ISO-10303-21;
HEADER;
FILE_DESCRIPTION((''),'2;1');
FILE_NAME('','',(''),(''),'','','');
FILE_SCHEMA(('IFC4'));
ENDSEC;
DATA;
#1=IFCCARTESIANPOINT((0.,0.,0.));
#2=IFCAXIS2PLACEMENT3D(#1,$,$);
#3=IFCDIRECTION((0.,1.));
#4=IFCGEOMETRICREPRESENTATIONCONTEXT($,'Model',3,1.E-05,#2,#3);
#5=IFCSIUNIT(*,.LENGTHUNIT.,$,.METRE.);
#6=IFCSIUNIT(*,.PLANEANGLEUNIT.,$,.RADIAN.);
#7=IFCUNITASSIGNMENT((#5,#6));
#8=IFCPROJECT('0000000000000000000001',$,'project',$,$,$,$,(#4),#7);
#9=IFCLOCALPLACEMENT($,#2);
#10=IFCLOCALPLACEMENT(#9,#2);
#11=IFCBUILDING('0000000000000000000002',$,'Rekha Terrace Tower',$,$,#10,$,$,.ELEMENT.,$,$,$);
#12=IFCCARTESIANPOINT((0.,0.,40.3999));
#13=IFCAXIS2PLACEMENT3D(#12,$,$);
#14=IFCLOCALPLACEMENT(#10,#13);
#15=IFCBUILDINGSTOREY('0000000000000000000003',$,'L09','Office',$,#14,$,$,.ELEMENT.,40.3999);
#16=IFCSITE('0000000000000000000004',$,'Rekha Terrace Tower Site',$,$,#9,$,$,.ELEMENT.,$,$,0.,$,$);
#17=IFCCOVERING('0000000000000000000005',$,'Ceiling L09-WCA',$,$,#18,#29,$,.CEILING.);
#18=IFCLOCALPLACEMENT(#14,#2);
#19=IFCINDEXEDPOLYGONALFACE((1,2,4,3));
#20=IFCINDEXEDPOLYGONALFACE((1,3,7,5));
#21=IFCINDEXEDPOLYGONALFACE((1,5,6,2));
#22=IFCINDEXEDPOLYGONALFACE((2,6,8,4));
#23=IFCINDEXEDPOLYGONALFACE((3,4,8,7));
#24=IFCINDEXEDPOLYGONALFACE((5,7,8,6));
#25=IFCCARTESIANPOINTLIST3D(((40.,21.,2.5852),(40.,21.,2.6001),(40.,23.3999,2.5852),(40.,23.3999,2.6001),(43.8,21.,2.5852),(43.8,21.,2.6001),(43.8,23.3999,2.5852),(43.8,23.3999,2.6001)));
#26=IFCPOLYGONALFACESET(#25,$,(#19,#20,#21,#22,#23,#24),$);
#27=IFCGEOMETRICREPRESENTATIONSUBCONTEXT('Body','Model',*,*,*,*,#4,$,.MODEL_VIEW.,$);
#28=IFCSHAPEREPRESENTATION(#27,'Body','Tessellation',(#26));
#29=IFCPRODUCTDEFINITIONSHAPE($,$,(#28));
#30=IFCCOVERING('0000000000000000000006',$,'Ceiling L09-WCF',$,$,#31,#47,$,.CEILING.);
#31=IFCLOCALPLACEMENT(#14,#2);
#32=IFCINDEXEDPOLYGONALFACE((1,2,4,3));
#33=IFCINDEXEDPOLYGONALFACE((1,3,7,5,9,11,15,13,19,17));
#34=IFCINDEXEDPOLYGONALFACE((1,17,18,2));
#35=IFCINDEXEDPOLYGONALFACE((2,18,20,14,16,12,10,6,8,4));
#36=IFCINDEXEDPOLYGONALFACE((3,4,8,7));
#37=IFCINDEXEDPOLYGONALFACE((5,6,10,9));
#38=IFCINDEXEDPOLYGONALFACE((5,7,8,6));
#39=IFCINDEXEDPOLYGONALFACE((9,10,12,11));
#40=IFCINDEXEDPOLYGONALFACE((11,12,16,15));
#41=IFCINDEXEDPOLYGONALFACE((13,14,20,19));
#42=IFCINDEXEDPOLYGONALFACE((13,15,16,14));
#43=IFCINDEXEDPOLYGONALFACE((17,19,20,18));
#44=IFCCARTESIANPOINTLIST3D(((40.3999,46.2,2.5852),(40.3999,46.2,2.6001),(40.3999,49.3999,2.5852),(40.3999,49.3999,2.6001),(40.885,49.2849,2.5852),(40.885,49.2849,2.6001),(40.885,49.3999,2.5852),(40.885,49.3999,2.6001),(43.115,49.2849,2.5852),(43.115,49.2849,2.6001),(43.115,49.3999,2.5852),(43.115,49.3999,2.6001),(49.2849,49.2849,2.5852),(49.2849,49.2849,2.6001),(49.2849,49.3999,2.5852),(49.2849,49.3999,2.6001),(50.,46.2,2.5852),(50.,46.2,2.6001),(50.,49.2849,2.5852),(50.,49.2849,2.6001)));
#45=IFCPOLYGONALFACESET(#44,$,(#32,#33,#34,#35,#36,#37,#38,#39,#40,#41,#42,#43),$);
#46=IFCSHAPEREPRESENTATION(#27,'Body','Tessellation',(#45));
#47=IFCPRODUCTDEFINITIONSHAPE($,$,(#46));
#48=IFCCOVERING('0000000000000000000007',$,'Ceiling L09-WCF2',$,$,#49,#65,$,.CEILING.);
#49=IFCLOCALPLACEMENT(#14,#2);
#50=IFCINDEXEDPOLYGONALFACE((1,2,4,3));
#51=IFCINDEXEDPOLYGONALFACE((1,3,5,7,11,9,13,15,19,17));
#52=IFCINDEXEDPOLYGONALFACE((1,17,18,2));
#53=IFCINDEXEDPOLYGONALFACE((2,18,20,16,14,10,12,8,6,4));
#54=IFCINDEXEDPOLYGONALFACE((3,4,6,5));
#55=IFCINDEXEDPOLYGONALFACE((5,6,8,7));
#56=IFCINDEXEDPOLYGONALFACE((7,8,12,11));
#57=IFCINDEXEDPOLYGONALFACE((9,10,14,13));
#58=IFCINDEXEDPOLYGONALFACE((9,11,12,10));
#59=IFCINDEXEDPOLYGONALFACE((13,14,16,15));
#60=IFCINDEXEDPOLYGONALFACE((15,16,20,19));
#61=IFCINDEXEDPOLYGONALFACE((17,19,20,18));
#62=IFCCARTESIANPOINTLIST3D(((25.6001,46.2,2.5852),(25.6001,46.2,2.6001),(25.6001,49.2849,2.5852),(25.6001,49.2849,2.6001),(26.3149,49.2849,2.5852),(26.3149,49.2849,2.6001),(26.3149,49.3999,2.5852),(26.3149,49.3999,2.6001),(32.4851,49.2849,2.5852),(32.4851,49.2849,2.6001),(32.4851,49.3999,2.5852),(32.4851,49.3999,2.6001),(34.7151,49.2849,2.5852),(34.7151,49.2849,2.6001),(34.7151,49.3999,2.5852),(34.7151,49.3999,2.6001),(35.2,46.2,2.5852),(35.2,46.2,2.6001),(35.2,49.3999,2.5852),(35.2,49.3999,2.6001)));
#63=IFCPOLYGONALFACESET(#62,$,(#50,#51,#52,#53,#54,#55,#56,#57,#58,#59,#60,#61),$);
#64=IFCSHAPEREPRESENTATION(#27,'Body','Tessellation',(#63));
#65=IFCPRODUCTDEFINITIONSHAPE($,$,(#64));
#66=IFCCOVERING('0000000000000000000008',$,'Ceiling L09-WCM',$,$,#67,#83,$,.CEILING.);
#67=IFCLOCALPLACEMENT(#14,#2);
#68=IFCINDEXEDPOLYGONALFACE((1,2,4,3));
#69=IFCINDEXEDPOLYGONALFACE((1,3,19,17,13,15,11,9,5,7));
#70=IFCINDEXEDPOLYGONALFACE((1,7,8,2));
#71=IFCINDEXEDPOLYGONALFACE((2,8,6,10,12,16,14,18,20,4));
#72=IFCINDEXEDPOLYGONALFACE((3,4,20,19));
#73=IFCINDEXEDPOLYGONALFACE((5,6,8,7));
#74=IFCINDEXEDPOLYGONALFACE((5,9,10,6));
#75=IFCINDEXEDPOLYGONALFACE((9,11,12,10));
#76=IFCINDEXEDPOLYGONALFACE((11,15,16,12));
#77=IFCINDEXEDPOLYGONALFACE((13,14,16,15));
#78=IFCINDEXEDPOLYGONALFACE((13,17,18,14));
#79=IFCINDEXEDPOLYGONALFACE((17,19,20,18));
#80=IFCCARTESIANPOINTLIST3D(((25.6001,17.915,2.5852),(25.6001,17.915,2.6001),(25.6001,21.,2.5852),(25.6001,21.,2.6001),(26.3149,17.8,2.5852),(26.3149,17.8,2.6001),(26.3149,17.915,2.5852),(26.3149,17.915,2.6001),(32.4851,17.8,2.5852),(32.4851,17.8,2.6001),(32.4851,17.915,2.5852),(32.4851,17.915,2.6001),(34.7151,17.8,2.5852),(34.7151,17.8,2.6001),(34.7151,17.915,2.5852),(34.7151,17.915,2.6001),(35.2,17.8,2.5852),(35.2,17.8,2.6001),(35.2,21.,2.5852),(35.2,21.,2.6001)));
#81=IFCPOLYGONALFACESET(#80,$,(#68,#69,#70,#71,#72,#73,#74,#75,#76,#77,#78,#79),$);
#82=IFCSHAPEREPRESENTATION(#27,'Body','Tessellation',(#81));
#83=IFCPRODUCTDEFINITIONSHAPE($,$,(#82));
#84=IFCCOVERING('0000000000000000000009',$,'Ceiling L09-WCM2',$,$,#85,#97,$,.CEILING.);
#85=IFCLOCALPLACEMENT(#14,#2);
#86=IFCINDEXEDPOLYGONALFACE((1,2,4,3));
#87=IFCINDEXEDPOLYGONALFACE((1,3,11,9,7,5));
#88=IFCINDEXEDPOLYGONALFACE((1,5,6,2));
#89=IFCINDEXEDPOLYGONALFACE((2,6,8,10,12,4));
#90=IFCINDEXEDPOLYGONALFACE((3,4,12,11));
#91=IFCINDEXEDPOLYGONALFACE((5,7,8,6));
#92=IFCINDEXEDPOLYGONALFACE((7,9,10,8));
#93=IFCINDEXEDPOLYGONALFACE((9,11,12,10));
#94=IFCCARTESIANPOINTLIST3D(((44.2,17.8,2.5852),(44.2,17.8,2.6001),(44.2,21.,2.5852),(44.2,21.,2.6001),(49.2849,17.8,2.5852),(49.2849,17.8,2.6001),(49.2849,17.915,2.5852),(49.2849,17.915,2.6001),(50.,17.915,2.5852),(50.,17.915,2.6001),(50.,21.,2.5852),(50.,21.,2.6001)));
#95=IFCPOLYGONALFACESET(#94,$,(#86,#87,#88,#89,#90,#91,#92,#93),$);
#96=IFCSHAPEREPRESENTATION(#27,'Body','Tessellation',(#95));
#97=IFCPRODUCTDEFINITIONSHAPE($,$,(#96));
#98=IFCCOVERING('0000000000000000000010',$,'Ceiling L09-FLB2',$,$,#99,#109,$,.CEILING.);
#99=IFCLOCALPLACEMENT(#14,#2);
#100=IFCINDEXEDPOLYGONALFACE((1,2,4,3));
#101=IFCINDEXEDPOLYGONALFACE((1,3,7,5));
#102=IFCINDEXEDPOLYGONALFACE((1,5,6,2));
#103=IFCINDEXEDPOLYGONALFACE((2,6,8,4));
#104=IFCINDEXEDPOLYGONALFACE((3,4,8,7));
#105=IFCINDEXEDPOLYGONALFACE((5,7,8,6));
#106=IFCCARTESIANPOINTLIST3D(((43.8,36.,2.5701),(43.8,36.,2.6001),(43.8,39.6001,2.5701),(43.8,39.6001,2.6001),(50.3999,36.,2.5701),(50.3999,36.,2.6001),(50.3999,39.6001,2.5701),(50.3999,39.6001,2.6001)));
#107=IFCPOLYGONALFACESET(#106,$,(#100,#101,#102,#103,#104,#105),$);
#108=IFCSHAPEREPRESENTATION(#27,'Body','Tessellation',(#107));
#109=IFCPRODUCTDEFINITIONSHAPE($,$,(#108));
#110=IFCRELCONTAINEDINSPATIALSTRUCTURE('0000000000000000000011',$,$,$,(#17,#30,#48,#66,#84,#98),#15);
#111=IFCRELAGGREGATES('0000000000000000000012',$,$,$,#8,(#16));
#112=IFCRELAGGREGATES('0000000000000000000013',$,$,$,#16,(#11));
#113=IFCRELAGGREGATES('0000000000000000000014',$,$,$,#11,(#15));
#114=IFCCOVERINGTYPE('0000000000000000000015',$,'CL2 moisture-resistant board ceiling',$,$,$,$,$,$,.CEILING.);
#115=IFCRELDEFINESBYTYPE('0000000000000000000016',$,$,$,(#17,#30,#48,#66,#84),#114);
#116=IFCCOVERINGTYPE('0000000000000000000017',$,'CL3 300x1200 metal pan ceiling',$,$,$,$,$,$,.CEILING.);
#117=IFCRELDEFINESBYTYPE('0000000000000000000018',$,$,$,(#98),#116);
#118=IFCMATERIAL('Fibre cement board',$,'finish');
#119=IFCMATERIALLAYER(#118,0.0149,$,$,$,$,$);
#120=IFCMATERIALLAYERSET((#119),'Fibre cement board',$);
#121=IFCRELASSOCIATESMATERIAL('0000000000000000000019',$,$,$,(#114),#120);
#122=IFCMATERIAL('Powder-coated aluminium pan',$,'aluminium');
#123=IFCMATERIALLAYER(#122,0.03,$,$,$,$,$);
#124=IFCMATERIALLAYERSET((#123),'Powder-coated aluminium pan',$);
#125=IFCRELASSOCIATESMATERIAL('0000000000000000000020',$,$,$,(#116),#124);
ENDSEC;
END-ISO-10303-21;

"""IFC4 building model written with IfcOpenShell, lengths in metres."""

from ifc_helpers import new_model, si_unit, direction, frame, origin, place, context, subcontext, project, spatial, polyline, outline, extrude, material, layer, layer_set, type_object, element, save


model = new_model("IFC4")

# Units and contexts
model_context = context("Model", 3, precision=1e-05, world=origin(), true_north=direction((0.0, 1.0)))
body_context = subcontext(model_context, "Body", "Model", "MODEL_VIEW")
ifc_project = project(units=[si_unit("LENGTHUNIT", "METRE"), si_unit("PLANEANGLEUNIT", "RADIAN")], contexts=[model_context])

# Site, building, storey
site_placement = place(None, origin())
site = spatial("IfcSite", under=ifc_project, at=site_placement, Name="Rekha Terrace Tower Site", CompositionType="ELEMENT", RefElevation=0.0)
building_placement = place(site_placement, origin())
building = spatial("IfcBuilding", under=site, at=building_placement, Name="Rekha Terrace Tower", CompositionType="ELEMENT")
storey_placement = place(building_placement, frame((0.0, 0.0, 40.3999)))
storey = spatial("IfcBuildingStorey", under=building, at=storey_placement, Name="L09", Description="Office", CompositionType="ELEMENT", Elevation=40.3999)

# Coverings
ifc_material_1 = material(Name="Fibre cement board", Category="finish")
ifc_layer_1 = layer(ifc_material_1, 0.0149)
ifc_layer_set_1 = layer_set([ifc_layer_1], Name="Fibre cement board")
covering_type_1 = type_object("IfcCoveringType", Name="CL2 moisture-resistant board ceiling", PredefinedType="CEILING", material=ifc_layer_set_1)
covering_1_placement = place(storey_placement, frame((0.0, 0.0, 2.5852)))
element("IfcCovering", 1, at=covering_1_placement, inside=storey, type_object=covering_type_1, Name="Ceiling L09-WCA", PredefinedType="CEILING", context=body_context, shape_type="SweptSolid", body=[
    extrude(outline(polyline([(43.8, 23.3999), (40.0, 23.3999), (40.0, 21.0), (43.8, 21.0), (43.8, 23.3999)])), origin(), (0.0, 0.0, 1.0), 0.0149),
])
covering_2_placement = place(storey_placement, frame((0.0, 0.0, 2.5852)))
element("IfcCovering", 2, at=covering_2_placement, inside=storey, type_object=covering_type_1, Name="Ceiling L09-WCF", PredefinedType="CEILING", context=body_context, shape_type="SweptSolid", body=[
    extrude(outline(polyline([(40.885, 49.3999), (40.3999, 49.3999), (40.3999, 46.2), (50.0, 46.2), (50.0, 49.2849), (49.2849, 49.2849), (49.2849, 49.3999), (43.115, 49.3999), (43.115, 49.2849), (40.885, 49.2849), (40.885, 49.3999)])), origin(), (0.0, 0.0, 1.0), 0.0149),
])
covering_3_placement = place(storey_placement, frame((0.0, 0.0, 2.5852)))
element("IfcCovering", 3, at=covering_3_placement, inside=storey, type_object=covering_type_1, Name="Ceiling L09-WCF2", PredefinedType="CEILING", context=body_context, shape_type="SweptSolid", body=[
    extrude(outline(polyline([(26.3149, 49.2849), (25.6001, 49.2849), (25.6001, 46.2), (35.2, 46.2), (35.2, 49.3999), (34.7151, 49.3999), (34.7151, 49.2849), (32.4851, 49.2849), (32.4851, 49.3999), (26.3149, 49.3999), (26.3149, 49.2849)])), origin(), (0.0, 0.0, 1.0), 0.0149),
])
covering_4_placement = place(storey_placement, frame((0.0, 0.0, 2.5852)))
element("IfcCovering", 4, at=covering_4_placement, inside=storey, type_object=covering_type_1, Name="Ceiling L09-WCM", PredefinedType="CEILING", context=body_context, shape_type="SweptSolid", body=[
    extrude(outline(polyline([(35.2, 21.0), (25.6001, 21.0), (25.6001, 17.915), (26.3149, 17.915), (26.3149, 17.8), (32.4851, 17.8), (32.4851, 17.915), (34.7151, 17.915), (34.7151, 17.8), (35.2, 17.8), (35.2, 21.0)])), origin(), (0.0, 0.0, 1.0), 0.0149),
])
covering_5_placement = place(storey_placement, frame((0.0, 0.0, 2.5852)))
element("IfcCovering", 5, at=covering_5_placement, inside=storey, type_object=covering_type_1, Name="Ceiling L09-WCM2", PredefinedType="CEILING", context=body_context, shape_type="SweptSolid", body=[
    extrude(outline(polyline([(50.0, 21.0), (44.2, 21.0), (44.2, 17.8), (49.2849, 17.8), (49.2849, 17.915), (50.0, 17.915), (50.0, 21.0)])), origin(), (0.0, 0.0, 1.0), 0.0149),
])
ifc_material_2 = material(Name="Powder-coated aluminium pan", Category="aluminium")
ifc_layer_2 = layer(ifc_material_2, 0.03)
ifc_layer_set_2 = layer_set([ifc_layer_2], Name="Powder-coated aluminium pan")
covering_type_2 = type_object("IfcCoveringType", Name="CL3 300x1200 metal pan ceiling", PredefinedType="CEILING", material=ifc_layer_set_2)
covering_6_placement = place(storey_placement, frame((0.0, 0.0, 2.5701)))
element("IfcCovering", 6, at=covering_6_placement, inside=storey, type_object=covering_type_2, Name="Ceiling L09-FLB2", PredefinedType="CEILING", context=body_context, shape_type="SweptSolid", body=[
    extrude(outline(polyline([(50.3999, 39.6001), (43.8, 39.6001), (43.8, 36.0), (50.3999, 36.0), (50.3999, 39.6001)])), origin(), (0.0, 0.0, 1.0), 0.03),
])

save(model, "model.ifc")
